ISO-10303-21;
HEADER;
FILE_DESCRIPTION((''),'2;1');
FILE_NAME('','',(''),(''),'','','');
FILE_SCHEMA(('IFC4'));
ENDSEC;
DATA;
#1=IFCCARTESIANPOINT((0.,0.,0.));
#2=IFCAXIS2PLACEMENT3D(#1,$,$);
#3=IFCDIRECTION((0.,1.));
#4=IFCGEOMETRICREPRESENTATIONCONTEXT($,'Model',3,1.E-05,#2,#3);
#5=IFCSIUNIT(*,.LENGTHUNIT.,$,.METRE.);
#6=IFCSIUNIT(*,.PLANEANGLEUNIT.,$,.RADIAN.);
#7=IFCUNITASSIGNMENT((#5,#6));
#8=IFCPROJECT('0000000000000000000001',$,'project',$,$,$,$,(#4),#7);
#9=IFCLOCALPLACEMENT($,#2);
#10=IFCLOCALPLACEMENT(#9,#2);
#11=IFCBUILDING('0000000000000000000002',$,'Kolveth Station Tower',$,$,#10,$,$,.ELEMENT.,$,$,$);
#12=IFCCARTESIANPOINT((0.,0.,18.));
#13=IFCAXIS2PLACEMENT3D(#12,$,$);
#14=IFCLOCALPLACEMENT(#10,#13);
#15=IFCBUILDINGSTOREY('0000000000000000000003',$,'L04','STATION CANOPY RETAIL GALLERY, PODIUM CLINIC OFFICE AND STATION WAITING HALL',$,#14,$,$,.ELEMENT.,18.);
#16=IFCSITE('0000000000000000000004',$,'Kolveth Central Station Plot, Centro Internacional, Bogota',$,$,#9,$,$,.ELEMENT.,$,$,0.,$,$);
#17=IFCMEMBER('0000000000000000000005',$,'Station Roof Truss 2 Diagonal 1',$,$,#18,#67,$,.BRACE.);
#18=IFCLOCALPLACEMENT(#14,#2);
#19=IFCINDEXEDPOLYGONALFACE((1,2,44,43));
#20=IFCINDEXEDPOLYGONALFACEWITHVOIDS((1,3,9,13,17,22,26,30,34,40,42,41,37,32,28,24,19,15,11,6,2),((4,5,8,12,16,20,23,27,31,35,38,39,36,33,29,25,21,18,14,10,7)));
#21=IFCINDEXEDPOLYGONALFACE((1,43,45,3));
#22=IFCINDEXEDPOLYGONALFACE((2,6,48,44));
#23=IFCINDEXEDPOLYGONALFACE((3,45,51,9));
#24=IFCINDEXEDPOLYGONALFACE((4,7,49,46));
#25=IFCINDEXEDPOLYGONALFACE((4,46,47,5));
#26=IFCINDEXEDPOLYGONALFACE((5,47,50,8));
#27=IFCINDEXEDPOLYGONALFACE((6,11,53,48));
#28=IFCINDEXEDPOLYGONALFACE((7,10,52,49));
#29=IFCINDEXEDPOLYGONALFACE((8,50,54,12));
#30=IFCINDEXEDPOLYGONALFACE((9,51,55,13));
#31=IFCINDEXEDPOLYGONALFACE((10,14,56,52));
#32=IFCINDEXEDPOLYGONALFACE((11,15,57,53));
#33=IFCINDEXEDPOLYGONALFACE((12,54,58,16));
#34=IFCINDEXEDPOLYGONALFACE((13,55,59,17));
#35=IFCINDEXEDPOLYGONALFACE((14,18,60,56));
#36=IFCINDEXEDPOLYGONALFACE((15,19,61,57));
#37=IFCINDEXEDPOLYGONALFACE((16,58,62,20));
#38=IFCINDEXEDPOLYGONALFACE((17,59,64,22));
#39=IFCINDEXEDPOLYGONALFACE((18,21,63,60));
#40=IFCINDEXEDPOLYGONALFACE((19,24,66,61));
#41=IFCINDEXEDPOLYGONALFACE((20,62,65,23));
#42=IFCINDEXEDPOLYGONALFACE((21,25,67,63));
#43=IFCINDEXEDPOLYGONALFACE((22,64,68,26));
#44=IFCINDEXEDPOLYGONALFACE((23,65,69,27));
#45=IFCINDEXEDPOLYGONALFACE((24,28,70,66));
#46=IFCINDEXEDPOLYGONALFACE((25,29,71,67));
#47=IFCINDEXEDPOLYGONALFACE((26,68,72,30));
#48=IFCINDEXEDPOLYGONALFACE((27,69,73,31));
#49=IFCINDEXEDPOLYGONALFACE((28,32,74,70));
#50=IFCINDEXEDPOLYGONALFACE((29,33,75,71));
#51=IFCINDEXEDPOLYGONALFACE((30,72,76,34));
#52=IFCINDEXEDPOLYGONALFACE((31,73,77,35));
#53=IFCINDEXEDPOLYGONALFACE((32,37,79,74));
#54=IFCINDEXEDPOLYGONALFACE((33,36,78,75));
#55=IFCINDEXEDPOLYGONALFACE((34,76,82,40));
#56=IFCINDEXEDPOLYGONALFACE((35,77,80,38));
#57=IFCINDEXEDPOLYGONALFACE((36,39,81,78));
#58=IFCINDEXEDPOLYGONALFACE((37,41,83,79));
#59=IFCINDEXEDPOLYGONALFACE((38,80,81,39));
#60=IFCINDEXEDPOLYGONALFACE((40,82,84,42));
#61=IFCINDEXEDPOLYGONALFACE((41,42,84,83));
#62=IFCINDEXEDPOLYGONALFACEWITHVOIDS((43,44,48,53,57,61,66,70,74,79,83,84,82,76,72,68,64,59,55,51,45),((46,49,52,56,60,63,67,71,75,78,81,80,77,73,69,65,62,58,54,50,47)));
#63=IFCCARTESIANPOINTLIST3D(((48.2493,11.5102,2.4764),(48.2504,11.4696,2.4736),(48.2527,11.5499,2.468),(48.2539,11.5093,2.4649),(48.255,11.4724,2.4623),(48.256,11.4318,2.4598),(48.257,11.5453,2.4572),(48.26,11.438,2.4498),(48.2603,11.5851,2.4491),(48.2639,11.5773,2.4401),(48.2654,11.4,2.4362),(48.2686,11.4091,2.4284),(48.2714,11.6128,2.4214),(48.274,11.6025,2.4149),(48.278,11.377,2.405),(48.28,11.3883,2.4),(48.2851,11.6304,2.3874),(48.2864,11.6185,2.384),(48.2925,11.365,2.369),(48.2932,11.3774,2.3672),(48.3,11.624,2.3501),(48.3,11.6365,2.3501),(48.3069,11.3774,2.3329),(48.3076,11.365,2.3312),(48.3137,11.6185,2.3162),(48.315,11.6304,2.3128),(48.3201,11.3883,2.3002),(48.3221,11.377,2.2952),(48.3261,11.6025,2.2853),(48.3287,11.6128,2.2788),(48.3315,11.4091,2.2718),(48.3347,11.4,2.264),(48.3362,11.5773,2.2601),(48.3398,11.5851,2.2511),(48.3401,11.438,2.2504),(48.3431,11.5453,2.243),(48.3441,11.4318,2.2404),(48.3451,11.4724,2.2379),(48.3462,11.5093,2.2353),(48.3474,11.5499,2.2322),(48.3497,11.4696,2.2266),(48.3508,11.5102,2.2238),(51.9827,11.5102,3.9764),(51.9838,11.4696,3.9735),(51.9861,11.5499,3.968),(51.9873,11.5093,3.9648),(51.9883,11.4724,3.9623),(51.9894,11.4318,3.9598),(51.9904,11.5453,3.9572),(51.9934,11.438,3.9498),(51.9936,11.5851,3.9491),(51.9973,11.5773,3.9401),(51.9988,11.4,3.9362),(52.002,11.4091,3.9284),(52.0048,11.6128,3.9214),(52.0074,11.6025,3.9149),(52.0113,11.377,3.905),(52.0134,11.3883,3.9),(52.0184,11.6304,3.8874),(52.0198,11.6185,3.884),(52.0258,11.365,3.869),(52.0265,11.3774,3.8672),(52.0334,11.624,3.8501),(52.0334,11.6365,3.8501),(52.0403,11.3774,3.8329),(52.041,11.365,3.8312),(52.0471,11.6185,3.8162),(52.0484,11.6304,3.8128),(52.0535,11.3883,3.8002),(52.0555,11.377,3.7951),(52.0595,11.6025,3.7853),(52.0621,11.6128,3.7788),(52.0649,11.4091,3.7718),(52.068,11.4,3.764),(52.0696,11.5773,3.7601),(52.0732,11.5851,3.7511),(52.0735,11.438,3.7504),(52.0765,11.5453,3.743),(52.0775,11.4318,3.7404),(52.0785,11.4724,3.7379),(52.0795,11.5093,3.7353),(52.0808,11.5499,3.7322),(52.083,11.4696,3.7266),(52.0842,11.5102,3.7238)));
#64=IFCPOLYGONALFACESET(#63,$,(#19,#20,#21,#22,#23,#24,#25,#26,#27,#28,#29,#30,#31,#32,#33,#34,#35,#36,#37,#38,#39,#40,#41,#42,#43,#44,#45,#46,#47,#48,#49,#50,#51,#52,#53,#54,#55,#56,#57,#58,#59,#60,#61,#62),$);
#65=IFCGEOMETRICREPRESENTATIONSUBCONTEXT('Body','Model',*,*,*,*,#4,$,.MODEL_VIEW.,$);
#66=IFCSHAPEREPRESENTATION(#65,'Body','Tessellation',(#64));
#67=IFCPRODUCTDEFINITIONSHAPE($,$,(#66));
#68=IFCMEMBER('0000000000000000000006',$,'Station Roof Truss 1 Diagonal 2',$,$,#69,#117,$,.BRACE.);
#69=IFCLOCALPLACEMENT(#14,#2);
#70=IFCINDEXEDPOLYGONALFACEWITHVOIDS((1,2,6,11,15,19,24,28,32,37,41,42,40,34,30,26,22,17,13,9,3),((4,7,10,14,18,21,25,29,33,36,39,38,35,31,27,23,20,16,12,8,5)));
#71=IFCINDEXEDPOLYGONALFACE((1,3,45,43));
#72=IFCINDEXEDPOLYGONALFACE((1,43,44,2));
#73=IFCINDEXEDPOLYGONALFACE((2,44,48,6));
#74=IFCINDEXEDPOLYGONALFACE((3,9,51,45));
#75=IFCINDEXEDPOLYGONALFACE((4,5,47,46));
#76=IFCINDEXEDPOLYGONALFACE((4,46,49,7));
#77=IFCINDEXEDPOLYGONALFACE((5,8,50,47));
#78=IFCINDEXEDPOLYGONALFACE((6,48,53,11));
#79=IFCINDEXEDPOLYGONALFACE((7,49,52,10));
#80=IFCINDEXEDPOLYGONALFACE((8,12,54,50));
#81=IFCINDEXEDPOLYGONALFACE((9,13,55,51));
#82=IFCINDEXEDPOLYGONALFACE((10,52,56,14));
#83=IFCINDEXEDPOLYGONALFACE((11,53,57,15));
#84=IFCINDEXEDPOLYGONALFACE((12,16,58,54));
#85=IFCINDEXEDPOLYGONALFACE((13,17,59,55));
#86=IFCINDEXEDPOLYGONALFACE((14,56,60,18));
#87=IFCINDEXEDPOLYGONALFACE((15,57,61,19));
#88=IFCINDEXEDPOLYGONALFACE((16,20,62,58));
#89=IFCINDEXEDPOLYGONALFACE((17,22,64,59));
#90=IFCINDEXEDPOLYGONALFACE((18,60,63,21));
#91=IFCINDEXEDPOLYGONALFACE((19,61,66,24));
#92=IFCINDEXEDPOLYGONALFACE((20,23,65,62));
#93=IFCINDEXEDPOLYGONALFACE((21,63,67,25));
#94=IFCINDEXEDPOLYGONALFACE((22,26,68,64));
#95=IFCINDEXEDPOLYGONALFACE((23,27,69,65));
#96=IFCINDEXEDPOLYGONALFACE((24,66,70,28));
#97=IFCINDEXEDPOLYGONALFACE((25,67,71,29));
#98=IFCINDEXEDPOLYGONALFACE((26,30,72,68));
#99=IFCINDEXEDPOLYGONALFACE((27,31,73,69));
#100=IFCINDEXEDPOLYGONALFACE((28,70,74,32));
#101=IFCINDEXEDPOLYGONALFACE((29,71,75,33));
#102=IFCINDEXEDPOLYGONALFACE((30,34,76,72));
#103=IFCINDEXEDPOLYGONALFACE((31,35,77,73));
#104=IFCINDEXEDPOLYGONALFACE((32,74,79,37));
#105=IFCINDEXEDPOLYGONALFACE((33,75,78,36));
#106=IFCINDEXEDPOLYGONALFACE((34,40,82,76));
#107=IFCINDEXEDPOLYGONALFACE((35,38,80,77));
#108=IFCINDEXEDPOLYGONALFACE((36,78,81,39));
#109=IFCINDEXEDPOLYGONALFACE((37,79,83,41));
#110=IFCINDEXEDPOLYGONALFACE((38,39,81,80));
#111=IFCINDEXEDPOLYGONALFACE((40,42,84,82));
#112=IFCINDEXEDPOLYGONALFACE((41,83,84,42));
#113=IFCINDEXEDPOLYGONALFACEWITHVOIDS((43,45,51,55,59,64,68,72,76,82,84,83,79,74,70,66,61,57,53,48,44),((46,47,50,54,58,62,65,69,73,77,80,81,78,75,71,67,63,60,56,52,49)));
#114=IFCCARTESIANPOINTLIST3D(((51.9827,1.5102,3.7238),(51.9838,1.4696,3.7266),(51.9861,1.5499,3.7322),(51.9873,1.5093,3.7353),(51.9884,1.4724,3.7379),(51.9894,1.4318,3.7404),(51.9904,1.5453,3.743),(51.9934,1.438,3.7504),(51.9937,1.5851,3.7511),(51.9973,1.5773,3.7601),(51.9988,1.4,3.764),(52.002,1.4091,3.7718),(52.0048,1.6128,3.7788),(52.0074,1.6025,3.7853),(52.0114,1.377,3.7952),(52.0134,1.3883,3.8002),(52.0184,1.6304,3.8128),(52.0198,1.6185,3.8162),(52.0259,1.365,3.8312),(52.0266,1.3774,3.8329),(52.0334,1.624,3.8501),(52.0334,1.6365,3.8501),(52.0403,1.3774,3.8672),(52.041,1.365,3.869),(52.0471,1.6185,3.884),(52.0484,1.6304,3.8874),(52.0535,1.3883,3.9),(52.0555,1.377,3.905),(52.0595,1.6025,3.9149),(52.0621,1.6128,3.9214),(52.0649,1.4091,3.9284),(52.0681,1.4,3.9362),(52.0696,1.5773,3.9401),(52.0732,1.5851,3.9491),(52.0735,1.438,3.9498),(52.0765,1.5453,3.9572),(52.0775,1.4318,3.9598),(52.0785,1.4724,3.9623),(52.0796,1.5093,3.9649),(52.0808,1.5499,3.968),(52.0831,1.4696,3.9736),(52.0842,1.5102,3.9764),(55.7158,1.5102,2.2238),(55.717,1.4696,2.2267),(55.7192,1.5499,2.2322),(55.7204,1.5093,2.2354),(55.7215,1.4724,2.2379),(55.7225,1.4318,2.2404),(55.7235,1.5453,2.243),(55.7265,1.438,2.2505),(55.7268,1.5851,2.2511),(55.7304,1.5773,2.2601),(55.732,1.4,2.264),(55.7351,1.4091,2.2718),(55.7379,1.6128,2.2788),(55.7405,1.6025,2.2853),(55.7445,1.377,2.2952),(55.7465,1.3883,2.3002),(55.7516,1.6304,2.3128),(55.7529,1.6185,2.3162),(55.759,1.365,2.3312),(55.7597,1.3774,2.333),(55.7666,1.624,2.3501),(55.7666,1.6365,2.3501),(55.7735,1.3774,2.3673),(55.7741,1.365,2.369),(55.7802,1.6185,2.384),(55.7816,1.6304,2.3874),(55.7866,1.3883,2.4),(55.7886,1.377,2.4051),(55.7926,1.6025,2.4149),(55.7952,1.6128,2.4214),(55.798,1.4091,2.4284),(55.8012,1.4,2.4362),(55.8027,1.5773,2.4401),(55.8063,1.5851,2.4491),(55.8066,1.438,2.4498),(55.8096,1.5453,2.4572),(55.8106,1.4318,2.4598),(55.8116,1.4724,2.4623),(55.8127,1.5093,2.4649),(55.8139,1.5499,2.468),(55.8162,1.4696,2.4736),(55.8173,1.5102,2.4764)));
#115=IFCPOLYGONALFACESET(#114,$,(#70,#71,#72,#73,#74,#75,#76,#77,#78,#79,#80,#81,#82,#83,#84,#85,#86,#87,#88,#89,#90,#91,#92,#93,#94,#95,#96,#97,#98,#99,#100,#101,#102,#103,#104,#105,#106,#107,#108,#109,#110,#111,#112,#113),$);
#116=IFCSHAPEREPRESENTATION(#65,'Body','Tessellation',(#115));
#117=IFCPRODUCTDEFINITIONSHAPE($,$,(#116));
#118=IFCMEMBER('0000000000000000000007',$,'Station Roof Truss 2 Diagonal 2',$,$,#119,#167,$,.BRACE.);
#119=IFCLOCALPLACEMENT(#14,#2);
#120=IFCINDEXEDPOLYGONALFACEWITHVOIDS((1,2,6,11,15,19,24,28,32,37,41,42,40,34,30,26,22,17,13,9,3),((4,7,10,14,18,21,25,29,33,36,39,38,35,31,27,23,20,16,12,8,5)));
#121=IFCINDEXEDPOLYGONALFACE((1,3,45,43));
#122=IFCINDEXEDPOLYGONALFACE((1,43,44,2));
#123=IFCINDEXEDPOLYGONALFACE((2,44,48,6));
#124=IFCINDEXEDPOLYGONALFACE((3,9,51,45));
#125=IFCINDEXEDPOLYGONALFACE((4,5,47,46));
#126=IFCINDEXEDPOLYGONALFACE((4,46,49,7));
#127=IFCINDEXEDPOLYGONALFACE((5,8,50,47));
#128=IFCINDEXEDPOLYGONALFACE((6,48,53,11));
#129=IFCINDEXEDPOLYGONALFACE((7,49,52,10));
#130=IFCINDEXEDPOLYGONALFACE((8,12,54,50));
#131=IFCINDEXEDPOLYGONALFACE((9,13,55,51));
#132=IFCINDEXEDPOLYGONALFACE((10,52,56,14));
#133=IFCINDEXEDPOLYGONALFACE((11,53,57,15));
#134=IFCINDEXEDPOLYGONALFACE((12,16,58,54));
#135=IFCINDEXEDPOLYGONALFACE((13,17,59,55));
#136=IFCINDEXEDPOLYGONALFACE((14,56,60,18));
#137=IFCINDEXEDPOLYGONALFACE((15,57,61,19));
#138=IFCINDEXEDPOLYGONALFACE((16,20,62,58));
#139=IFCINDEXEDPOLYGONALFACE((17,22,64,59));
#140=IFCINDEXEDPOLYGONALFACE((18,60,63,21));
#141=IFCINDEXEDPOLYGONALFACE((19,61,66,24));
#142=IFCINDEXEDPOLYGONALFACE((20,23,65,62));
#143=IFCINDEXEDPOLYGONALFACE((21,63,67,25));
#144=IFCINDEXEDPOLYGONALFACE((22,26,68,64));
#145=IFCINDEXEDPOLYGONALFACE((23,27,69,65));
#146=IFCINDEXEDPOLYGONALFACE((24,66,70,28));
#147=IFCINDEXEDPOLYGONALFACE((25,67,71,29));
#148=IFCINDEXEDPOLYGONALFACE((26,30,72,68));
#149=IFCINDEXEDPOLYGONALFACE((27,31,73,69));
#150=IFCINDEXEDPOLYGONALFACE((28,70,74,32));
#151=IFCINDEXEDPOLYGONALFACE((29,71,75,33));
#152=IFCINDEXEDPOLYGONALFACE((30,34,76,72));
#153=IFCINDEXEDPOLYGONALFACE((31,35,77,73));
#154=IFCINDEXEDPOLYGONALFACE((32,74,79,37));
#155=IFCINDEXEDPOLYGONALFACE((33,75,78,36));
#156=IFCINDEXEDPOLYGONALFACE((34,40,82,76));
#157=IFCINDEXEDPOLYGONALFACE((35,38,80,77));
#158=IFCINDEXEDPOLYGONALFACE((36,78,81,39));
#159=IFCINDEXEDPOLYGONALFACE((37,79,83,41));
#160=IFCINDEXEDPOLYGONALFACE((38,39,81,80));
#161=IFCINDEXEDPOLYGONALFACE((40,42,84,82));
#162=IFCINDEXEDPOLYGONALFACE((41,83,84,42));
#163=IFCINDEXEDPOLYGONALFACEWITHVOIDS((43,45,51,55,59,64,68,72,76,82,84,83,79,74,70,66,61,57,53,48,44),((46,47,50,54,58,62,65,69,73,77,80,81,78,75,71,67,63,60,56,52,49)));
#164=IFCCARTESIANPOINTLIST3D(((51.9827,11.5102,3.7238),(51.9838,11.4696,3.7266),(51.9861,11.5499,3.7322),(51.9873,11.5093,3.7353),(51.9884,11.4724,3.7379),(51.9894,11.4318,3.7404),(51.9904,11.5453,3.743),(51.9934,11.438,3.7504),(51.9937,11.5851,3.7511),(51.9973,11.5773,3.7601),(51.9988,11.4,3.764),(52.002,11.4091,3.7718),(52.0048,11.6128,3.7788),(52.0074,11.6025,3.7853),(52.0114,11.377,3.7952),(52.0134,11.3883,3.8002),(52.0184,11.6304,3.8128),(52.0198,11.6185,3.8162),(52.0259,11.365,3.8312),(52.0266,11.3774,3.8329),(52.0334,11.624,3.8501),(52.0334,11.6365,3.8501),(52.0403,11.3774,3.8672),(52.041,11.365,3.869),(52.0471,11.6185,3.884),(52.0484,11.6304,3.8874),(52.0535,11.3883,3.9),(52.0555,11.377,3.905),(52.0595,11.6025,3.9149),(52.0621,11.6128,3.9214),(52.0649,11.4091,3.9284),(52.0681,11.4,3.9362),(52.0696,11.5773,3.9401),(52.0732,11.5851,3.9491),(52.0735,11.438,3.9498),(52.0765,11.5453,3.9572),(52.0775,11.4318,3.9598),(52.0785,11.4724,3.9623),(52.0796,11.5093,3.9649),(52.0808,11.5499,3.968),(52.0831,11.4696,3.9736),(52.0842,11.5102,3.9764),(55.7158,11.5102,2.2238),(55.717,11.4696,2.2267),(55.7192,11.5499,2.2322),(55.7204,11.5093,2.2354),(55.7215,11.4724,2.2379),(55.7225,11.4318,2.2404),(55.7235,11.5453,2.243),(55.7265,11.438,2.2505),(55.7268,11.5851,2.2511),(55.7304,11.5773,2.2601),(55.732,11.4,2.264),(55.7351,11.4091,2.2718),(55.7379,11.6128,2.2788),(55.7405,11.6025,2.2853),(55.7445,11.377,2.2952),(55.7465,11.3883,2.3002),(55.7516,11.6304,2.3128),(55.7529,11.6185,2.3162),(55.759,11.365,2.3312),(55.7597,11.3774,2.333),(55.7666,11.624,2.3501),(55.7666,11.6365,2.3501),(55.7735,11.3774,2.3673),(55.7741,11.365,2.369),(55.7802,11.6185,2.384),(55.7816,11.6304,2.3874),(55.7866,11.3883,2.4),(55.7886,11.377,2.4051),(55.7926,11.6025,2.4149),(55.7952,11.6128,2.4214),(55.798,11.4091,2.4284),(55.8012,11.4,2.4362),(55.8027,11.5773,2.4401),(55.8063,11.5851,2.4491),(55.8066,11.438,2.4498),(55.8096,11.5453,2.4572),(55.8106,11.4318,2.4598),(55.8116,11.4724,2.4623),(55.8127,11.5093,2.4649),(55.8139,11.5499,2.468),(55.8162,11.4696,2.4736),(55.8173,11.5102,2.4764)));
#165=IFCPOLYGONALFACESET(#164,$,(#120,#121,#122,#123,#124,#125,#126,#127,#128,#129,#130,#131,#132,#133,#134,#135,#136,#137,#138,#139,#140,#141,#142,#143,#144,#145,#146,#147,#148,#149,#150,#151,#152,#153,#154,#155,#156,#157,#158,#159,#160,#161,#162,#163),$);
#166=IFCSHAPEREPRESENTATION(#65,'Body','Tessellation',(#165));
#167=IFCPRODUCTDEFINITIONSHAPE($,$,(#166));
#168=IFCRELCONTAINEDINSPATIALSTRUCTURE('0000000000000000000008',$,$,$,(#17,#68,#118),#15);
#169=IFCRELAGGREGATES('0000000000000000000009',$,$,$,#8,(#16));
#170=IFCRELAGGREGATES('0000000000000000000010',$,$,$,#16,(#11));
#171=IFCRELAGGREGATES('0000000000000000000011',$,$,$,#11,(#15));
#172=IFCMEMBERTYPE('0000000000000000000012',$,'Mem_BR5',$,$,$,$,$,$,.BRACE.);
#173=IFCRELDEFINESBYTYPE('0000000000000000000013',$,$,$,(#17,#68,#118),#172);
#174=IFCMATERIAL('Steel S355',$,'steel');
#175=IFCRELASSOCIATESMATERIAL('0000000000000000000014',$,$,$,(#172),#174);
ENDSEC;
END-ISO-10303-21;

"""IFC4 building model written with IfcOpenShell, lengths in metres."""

from ifc_helpers import new_model, si_unit, direction, frame, origin, origin_2d, place, context, subcontext, project, spatial, hollow_circle, extrude, source, transform, mapped, material, material_profile, profile_set, type_object, element, save


model = new_model("IFC4")

# Units and contexts
model_context = context("Model", 3, precision=1e-05, world=origin(), true_north=direction((0.0, 1.0)))
body_context = subcontext(model_context, "Body", "Model", "MODEL_VIEW")
ifc_project = project(units=[si_unit("LENGTHUNIT", "METRE"), si_unit("PLANEANGLEUNIT", "RADIAN")], contexts=[model_context])

# Site, building, storey
site_placement = place(None, origin())
site = spatial("IfcSite", under=ifc_project, at=site_placement, Name="Kolveth Central Station Plot, Centro Internacional, Bogota", CompositionType="ELEMENT", RefElevation=0.0)
building_placement = place(site_placement, origin())
building = spatial("IfcBuilding", under=site, at=building_placement, Name="Kolveth Station Tower", CompositionType="ELEMENT")
storey_placement = place(building_placement, frame((0.0, 0.0, 18.0)))
storey = spatial("IfcBuildingStorey", under=building, at=storey_placement, Name="L04", Description="STATION CANOPY RETAIL GALLERY, PODIUM CLINIC OFFICE AND STATION WAITING HALL", CompositionType="ELEMENT", Elevation=18.0)

# Shared definitions
ifc_material_1 = material(Name="Steel S355", Category="steel")

# Members
ifc_material_profile_1 = material_profile(ifc_material_1, hollow_circle(Radius=0.1365, WallThickness=0.0125, at=origin_2d()), Name="CHS273x12.5")
ifc_profile_set_1 = profile_set([ifc_material_profile_1], Name="Steel S355")
member_type_1 = type_object("IfcMemberType", Name="Mem_BR5", PredefinedType="BRACE", material=ifc_profile_set_1)
shared_shape_1 = source(origin(), body_context, "Body", "SweptSolid", [
    extrude(hollow_circle(Radius=0.1365, WallThickness=0.0125, at=origin_2d()), origin(), (0.0, 0.0, 1.0), 4.0234),
])
member_1_placement = place(storey_placement, frame((48.3, 11.5, 2.3501), z_axis=(0.927906, 0.0, 0.372813), x_axis=(0.0, 1.0, 0.0)))
element("IfcMember", 1, at=member_1_placement, inside=storey, type_object=member_type_1, Name="Station Roof Truss 2 Diagonal 1", PredefinedType="BRACE", context=body_context, shape_type="MappedRepresentation", body=[
    mapped(shared_shape_1, transform((0.0, 0.0, 0.0), x_axis=(1.0, 0.0, 0.0), y_axis=(0.0, 1.0, 0.0), z_axis=(0.0, 0.0, 1.0), scale=1.0)),
])
shared_shape_2 = source(origin(), body_context, "Body", "SweptSolid", [
    extrude(hollow_circle(Radius=0.1365, WallThickness=0.0125, at=origin_2d()), origin(), (0.0, 0.0, 1.0), 4.0232),
])
for number, where, z_axis, x_axis, name in (
    (2, (52.0334, 1.5, 3.8501), (0.927898, 0.0, -0.372834), (0.0, 1.0, 0.0), "Station Roof Truss 1 Diagonal 2"),
    (3, (52.0334, 11.5, 3.8501), (0.927898, 0.0, -0.372834), (0.0, 1.0, 0.0), "Station Roof Truss 2 Diagonal 2"),
):
    element("IfcMember", number, at=place(storey_placement, frame(where, z_axis=z_axis, x_axis=x_axis)), inside=storey, type_object=member_type_1, Name=name, PredefinedType="BRACE", context=body_context, shape_type="MappedRepresentation", body=[
        mapped(shared_shape_2, transform((0.0, 0.0, 0.0), x_axis=(1.0, 0.0, 0.0), y_axis=(0.0, 1.0, 0.0), z_axis=(0.0, 0.0, 1.0), scale=1.0)),
    ])

save(model, "model.ifc")
